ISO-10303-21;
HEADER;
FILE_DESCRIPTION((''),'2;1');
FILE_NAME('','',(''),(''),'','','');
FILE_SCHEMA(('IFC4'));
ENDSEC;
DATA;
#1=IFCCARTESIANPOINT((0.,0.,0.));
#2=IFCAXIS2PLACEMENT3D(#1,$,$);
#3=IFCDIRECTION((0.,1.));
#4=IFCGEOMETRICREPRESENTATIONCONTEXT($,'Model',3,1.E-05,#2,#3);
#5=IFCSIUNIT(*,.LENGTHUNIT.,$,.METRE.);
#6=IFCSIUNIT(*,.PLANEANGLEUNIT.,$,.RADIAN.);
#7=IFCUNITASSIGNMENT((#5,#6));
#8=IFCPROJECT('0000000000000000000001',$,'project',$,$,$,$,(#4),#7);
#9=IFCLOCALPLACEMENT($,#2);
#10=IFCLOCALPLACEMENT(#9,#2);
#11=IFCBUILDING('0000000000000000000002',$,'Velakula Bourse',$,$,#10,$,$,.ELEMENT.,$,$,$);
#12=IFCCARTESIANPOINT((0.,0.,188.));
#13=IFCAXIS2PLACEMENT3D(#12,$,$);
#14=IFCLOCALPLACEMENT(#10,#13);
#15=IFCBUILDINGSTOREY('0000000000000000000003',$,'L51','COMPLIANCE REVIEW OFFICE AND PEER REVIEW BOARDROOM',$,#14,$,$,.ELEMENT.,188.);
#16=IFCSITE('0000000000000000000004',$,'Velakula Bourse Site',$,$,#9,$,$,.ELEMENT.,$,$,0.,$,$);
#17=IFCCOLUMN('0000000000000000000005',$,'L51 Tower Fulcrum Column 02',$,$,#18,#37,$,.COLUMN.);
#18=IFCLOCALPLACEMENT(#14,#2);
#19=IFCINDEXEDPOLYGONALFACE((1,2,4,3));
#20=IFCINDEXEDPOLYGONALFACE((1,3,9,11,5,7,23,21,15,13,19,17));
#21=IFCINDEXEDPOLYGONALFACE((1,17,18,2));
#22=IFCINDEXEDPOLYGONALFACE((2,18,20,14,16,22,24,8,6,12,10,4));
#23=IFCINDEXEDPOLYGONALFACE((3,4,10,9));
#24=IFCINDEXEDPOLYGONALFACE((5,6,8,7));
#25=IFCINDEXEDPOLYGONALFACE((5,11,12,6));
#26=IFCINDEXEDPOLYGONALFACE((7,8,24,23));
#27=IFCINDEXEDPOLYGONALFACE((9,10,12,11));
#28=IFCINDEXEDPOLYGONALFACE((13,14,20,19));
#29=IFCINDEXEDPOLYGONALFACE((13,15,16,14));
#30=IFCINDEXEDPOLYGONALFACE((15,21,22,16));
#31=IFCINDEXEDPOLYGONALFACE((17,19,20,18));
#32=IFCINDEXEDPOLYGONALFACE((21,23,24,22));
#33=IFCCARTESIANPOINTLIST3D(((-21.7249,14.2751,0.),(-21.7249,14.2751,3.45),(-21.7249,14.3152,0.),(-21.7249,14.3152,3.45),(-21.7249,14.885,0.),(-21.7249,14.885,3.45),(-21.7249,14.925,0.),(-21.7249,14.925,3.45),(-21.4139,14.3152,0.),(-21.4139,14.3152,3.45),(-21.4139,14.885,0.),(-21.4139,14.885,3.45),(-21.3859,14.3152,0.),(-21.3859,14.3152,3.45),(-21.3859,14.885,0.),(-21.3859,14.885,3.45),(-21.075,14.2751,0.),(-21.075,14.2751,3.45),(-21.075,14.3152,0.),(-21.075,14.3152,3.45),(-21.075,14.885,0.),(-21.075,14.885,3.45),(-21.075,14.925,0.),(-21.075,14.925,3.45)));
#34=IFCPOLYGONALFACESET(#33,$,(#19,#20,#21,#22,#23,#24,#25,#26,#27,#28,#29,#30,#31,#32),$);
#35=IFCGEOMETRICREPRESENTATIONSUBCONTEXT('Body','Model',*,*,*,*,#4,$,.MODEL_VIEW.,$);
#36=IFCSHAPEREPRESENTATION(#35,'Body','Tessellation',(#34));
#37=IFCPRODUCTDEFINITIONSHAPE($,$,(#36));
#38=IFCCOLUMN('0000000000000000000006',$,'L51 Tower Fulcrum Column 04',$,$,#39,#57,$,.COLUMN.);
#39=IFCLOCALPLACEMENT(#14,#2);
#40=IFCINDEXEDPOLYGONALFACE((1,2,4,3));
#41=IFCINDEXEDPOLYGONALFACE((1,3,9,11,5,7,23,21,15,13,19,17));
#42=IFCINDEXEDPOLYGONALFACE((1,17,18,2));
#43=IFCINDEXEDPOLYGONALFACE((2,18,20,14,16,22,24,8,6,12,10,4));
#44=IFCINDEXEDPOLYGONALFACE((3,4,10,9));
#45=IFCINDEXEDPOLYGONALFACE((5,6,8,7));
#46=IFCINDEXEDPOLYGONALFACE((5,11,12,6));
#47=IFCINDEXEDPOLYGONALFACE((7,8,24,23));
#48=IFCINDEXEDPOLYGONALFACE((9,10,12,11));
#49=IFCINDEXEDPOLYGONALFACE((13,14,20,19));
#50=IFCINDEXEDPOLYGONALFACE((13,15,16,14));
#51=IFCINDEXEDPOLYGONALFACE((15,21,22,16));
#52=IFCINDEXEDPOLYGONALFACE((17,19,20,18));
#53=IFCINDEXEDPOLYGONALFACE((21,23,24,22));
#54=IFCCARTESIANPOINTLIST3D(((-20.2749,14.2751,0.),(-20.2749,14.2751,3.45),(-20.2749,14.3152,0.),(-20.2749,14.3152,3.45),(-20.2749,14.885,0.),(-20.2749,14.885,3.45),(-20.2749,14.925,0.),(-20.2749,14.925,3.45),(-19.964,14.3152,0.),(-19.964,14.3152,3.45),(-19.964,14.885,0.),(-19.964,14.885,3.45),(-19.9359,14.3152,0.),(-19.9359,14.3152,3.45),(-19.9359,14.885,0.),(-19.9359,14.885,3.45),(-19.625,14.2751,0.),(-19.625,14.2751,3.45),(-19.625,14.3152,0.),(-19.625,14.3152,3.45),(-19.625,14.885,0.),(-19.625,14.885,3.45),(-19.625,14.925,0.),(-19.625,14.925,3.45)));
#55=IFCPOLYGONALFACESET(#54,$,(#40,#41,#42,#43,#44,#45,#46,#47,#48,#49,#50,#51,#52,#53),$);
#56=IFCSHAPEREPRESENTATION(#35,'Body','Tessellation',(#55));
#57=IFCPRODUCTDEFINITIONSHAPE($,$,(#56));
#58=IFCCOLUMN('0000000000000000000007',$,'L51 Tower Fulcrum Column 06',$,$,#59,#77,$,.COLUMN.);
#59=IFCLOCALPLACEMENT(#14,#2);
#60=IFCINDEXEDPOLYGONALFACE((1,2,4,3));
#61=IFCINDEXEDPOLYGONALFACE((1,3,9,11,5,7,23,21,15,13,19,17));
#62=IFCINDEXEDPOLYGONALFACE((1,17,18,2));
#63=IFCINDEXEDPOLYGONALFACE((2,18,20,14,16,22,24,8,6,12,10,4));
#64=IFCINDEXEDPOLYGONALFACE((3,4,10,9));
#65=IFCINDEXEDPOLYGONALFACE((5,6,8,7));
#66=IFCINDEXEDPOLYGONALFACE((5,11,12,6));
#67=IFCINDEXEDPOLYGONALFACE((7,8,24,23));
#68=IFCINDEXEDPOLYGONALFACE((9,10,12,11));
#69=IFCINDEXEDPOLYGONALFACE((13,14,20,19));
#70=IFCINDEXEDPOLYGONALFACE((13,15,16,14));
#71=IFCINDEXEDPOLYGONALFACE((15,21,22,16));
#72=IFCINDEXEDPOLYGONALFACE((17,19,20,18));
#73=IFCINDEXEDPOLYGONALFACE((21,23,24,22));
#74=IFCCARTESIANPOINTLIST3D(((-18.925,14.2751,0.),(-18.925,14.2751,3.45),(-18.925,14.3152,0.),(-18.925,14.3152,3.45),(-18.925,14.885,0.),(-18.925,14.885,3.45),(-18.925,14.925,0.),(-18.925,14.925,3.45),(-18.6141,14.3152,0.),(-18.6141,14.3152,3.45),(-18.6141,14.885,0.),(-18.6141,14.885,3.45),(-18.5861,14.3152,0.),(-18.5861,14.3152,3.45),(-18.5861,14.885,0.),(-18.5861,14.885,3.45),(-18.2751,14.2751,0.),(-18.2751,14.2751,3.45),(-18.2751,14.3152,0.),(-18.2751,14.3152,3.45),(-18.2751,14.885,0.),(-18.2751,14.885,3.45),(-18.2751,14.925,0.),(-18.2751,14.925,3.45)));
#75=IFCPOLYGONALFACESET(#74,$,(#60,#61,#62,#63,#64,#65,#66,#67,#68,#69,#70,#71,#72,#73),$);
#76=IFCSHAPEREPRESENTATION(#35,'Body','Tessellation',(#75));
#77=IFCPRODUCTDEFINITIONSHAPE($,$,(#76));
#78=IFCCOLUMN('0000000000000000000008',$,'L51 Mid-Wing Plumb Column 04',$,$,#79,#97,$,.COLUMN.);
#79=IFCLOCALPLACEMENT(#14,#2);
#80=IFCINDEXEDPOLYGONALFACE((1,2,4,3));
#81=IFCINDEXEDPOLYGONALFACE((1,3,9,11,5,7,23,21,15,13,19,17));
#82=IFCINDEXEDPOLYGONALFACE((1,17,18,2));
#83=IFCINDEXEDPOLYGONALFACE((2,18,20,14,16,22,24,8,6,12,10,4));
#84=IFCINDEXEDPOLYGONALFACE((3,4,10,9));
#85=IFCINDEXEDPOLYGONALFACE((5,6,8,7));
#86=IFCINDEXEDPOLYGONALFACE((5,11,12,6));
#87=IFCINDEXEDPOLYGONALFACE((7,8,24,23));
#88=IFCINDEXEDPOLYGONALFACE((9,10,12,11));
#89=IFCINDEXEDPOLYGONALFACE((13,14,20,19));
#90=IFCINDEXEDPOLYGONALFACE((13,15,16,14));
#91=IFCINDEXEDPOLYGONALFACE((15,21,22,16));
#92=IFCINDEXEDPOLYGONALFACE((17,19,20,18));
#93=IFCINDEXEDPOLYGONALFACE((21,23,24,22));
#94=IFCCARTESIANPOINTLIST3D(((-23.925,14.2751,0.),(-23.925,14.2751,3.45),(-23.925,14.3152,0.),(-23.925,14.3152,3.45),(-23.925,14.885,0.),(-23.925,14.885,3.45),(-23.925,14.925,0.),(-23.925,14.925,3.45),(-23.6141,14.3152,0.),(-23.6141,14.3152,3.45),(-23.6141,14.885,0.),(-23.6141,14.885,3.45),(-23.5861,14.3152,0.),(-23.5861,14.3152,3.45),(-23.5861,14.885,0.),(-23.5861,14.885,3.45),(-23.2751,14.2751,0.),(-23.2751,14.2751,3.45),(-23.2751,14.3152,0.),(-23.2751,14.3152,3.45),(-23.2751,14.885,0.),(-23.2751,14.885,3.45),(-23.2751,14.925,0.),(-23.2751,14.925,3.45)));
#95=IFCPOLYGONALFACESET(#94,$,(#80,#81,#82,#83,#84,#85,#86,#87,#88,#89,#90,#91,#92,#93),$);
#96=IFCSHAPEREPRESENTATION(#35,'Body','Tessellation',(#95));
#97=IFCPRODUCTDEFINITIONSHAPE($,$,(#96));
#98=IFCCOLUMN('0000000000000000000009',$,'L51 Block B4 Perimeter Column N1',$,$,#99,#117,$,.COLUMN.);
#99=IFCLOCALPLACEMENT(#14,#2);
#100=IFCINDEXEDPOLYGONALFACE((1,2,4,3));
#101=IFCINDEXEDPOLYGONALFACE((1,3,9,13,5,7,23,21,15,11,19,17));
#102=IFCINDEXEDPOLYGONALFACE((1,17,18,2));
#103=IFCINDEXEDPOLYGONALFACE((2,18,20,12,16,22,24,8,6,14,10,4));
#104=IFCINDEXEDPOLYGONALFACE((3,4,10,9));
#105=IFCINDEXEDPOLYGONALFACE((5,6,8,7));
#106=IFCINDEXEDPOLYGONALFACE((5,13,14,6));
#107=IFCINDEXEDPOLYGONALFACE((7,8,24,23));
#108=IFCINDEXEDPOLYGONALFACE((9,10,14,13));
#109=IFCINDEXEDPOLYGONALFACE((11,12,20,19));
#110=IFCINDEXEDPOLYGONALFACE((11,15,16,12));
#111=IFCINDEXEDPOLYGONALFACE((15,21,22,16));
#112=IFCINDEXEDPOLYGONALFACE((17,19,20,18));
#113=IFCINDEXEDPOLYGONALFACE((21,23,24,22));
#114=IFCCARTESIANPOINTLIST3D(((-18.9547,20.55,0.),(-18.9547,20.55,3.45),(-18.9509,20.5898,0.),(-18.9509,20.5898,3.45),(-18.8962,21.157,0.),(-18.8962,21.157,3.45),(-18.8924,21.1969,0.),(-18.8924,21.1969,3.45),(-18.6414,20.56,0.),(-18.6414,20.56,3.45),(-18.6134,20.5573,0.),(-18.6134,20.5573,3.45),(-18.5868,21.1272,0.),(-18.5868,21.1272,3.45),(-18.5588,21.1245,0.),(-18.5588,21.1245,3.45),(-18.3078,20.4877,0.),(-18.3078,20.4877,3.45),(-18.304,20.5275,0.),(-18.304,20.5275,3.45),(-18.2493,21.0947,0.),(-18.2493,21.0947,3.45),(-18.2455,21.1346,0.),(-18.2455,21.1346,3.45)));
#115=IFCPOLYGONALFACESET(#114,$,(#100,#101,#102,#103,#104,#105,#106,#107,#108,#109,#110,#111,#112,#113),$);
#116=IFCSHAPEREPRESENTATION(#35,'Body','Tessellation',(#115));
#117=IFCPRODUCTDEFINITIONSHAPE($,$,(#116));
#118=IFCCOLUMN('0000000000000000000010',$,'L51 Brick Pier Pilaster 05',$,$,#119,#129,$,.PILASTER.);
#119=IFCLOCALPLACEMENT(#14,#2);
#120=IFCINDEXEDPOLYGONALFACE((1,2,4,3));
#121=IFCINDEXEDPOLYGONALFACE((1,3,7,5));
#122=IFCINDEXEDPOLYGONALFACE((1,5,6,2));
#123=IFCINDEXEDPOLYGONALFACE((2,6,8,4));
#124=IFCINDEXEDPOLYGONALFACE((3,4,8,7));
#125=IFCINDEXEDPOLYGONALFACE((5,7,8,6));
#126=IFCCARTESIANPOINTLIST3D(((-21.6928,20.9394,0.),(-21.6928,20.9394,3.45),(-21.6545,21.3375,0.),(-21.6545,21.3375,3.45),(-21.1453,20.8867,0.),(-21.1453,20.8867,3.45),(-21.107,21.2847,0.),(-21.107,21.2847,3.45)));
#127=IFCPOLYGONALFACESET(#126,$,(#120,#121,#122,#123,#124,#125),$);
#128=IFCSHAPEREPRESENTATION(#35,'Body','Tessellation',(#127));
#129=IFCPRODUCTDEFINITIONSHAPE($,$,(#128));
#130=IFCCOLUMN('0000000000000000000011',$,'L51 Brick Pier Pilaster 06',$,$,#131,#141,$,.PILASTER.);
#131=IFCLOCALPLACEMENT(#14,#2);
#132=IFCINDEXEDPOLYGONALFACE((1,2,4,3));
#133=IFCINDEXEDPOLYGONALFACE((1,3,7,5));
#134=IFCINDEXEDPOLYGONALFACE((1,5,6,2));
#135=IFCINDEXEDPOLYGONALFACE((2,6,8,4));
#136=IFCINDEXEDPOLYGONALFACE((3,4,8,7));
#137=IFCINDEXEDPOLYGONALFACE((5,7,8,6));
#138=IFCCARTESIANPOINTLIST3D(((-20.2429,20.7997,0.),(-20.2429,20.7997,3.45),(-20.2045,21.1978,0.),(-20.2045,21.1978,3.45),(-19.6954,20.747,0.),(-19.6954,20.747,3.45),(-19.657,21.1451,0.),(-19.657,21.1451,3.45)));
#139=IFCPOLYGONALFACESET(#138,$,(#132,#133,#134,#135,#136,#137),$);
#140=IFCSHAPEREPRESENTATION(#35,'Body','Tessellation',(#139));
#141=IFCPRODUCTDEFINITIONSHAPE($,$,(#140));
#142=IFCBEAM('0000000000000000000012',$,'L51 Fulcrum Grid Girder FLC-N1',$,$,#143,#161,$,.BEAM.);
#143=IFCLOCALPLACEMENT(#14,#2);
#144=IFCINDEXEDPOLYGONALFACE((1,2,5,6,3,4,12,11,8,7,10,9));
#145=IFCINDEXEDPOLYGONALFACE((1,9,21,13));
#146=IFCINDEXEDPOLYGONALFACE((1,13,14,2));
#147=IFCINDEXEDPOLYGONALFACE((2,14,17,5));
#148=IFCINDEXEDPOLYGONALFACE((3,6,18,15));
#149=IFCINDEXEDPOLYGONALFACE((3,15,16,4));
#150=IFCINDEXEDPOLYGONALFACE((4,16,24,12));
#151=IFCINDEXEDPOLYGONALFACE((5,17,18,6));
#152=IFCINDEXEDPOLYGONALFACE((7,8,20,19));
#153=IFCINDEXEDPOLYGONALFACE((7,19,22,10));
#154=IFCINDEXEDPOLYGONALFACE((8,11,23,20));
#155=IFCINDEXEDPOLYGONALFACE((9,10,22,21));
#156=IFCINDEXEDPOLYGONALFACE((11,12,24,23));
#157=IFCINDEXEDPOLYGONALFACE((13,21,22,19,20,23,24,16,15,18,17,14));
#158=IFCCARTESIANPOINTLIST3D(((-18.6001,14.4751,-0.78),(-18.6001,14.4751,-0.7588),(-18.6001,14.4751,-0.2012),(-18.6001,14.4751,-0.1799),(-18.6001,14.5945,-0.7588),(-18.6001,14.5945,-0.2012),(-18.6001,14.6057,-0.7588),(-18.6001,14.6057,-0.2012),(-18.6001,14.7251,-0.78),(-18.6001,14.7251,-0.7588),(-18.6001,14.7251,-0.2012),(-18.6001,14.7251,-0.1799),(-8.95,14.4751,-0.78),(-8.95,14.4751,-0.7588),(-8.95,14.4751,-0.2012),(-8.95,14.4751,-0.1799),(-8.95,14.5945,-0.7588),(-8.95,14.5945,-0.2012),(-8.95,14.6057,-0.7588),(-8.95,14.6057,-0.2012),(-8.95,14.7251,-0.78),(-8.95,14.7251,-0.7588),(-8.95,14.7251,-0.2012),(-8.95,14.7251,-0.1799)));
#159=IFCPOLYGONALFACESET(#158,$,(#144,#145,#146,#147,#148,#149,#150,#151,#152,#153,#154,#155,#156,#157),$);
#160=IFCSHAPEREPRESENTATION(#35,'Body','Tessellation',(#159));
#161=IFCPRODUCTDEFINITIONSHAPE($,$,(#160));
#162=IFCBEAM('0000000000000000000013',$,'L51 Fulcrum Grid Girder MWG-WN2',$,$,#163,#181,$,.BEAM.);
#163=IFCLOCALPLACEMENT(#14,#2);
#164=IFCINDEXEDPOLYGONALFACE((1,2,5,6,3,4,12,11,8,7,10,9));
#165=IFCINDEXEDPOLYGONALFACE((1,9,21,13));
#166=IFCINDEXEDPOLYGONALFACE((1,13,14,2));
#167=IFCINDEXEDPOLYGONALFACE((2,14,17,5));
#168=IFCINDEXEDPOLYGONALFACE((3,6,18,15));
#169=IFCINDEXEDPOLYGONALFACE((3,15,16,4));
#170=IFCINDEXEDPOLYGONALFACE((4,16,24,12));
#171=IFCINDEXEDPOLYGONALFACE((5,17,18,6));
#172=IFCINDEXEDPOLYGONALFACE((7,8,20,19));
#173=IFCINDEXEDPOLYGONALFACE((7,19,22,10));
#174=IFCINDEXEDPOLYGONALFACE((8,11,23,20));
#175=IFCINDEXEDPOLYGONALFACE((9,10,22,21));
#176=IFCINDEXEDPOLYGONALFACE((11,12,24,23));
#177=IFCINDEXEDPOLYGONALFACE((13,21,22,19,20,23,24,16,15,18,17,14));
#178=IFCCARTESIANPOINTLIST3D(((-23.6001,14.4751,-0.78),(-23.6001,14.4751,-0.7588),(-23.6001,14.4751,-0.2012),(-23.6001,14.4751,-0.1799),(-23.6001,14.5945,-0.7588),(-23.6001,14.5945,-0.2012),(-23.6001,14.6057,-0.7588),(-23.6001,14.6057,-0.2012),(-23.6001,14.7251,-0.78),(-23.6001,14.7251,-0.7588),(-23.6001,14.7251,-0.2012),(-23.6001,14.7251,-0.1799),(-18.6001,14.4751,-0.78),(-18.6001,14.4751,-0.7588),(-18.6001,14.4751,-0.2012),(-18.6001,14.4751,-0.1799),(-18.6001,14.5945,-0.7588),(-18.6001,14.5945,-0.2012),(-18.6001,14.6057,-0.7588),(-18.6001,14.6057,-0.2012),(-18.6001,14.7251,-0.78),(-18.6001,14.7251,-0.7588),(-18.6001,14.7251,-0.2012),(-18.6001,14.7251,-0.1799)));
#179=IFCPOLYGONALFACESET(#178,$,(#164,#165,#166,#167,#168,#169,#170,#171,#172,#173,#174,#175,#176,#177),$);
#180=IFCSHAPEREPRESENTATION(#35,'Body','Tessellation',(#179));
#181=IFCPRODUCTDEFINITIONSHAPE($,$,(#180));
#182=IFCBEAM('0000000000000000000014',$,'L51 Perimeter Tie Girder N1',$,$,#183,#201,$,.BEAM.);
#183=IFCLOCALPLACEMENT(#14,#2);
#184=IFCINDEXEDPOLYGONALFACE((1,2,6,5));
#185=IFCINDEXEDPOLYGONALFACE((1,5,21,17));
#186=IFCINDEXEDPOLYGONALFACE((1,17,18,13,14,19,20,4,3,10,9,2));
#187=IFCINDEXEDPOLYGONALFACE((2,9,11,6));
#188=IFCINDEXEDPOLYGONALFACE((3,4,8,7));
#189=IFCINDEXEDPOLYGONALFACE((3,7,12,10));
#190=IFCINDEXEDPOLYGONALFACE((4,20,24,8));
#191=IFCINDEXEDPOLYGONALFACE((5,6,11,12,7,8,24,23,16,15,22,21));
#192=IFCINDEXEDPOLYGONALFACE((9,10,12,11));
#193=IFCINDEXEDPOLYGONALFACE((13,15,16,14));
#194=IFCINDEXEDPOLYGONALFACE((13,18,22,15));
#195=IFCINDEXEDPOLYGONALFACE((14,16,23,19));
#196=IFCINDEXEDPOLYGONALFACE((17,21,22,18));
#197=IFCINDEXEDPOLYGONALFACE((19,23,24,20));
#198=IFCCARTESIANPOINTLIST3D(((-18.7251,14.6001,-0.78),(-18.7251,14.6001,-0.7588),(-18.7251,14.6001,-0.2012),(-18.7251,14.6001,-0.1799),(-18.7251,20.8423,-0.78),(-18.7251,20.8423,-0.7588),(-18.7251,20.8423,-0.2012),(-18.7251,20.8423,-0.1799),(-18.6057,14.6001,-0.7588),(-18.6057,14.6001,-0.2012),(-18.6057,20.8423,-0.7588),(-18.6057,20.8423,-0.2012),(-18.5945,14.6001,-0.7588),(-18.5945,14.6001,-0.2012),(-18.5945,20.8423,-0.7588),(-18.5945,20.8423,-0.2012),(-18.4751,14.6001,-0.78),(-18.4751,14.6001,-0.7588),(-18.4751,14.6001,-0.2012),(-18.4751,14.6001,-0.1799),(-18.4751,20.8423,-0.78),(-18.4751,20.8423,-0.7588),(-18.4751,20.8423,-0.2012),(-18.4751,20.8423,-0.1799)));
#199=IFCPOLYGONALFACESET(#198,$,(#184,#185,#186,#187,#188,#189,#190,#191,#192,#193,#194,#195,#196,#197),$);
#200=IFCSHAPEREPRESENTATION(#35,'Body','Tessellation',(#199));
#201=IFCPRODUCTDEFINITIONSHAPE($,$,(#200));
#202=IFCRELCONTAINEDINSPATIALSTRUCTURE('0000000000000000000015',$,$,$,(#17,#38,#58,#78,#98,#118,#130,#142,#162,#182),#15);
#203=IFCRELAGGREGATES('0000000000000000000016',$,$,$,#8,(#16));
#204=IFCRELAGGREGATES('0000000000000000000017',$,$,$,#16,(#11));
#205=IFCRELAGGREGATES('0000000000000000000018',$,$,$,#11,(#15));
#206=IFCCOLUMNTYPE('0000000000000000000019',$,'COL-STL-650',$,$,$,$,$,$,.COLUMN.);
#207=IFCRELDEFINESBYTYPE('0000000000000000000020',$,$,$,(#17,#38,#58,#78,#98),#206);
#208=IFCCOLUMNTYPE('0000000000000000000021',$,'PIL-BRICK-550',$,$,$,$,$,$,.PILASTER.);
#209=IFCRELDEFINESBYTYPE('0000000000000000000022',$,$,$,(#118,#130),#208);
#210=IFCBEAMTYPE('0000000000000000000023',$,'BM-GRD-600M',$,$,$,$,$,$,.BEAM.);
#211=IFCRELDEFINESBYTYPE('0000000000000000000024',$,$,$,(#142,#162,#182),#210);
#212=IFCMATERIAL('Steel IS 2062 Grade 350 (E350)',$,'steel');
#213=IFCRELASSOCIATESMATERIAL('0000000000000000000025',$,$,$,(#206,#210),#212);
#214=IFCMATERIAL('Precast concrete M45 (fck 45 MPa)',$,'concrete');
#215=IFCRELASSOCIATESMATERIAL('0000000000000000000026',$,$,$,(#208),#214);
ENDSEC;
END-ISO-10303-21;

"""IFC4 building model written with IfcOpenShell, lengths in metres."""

from ifc_helpers import new_model, si_unit, direction, frame, origin, origin_2d, place, context, subcontext, project, spatial, rectangle, i_section, extrude, material, material_profile, profile_set, type_object, element, save


model = new_model("IFC4")

# Units and contexts
model_context = context("Model", 3, precision=1e-05, world=origin(), true_north=direction((0.0, 1.0)))
body_context = subcontext(model_context, "Body", "Model", "MODEL_VIEW")
ifc_project = project(units=[si_unit("LENGTHUNIT", "METRE"), si_unit("PLANEANGLEUNIT", "RADIAN")], contexts=[model_context])

# Site, building, storey
site_placement = place(None, origin())
site = spatial("IfcSite", under=ifc_project, at=site_placement, Name="Velakula Bourse Site", CompositionType="ELEMENT", RefElevation=0.0)
building_placement = place(site_placement, origin())
building = spatial("IfcBuilding", under=site, at=building_placement, Name="Velakula Bourse", CompositionType="ELEMENT")
storey_placement = place(building_placement, frame((0.0, 0.0, 188.0)))
storey = spatial("IfcBuildingStorey", under=building, at=storey_placement, Name="L51", Description="COMPLIANCE REVIEW OFFICE AND PEER REVIEW BOARDROOM", CompositionType="ELEMENT", Elevation=188.0)

# Columns
ifc_material_1 = material(Name="Steel IS 2062 Grade 350 (E350)", Category="steel")
ifc_material_profile_1 = material_profile(ifc_material_1, i_section(OverallWidth=0.6499, OverallDepth=0.6499, WebThickness=0.0281, FlangeThickness=0.04, at=origin_2d()), Name="Steel IS 2062 Grade 350 (E350)")
ifc_profile_set_1 = profile_set([ifc_material_profile_1], Name="Steel IS 2062 Grade 350 (E350)")
column_type_1 = type_object("IfcColumnType", Name="COL-STL-650", PredefinedType="COLUMN", material=ifc_profile_set_1)
for number, where, z_axis, x_axis, name in (
    (1, (-21.3999, 14.6001, 0.0), (0.0, 0.0, 1.0), (1.0, 0.0, 0.0), "L51 Tower Fulcrum Column 02"),
    (2, (-19.95, 14.6001, 0.0), (0.0, 0.0, 1.0), (1.0, 0.0, 0.0), "L51 Tower Fulcrum Column 04"),
    (3, (-18.6001, 14.6001, 0.0), (0.0, 0.0, 1.0), (1.0, 0.0, 0.0), "L51 Tower Fulcrum Column 06"),
    (4, (-23.6001, 14.6001, 0.0), (0.0, 0.0, 1.0), (1.0, 0.0, 0.0), "L51 Mid-Wing Plumb Column 04"),
    (5, (-18.6001, 20.8423, 0.0), (0.0, 0.0, 1.0), (0.995396, -0.095846, 0.0), "L51 Block B4 Perimeter Column N1"),
):
    element("IfcColumn", number, at=place(storey_placement, frame(where, z_axis=z_axis, x_axis=x_axis)), inside=storey, type_object=column_type_1, Name=name, PredefinedType="COLUMN", context=body_context, shape_type="SweptSolid", body=[
        extrude(i_section(OverallWidth=0.6499, OverallDepth=0.6499, WebThickness=0.0281, FlangeThickness=0.04, at=origin_2d()), origin(), (0.0, 0.0, 1.0), 3.45),
    ])
ifc_material_2 = material(Name="Precast concrete M45 (fck 45 MPa)", Category="concrete")
ifc_material_profile_2 = material_profile(ifc_material_2, rectangle(XDim=0.55, YDim=0.3999, at=origin_2d()), Name="Precast concrete M45 (fck 45 MPa)")
ifc_profile_set_2 = profile_set([ifc_material_profile_2], Name="Precast concrete M45 (fck 45 MPa)")
column_type_2 = type_object("IfcColumnType", Name="PIL-BRICK-550", PredefinedType="PILASTER", material=ifc_profile_set_2)
for number, where, z_axis, x_axis, name in (
    (6, (-21.3999, 21.1121, 0.0), (0.0, 0.0, 1.0), (0.995396, -0.095846, 0.0), "L51 Brick Pier Pilaster 05"),
    (7, (-19.95, 20.9724, 0.0), (0.0, 0.0, 1.0), (0.995396, -0.095846, 0.0), "L51 Brick Pier Pilaster 06"),
):
    element("IfcColumn", number, at=place(storey_placement, frame(where, z_axis=z_axis, x_axis=x_axis)), inside=storey, type_object=column_type_2, Name=name, PredefinedType="PILASTER", context=body_context, shape_type="SweptSolid", body=[
        extrude(rectangle(XDim=0.55, YDim=0.3999, at=origin_2d()), origin(), (0.0, 0.0, 1.0), 3.45),
    ])

# Beams
ifc_material_profile_3 = material_profile(ifc_material_1, i_section(OverallWidth=0.25, OverallDepth=0.6001, WebThickness=0.0112, FlangeThickness=0.0212, at=origin_2d()), Name="Steel IS 2062 Grade 350 (E350)")
ifc_profile_set_3 = profile_set([ifc_material_profile_3], Name="Steel IS 2062 Grade 350 (E350)")
beam_type_1 = type_object("IfcBeamType", Name="BM-GRD-600M", PredefinedType="BEAM", material=ifc_profile_set_3)
beam_1_placement = place(storey_placement, frame((-18.6001, 14.6001, -0.48), z_axis=(1.0, 0.0, 0.0), x_axis=(0.0, 1.0, 0.0)))
element("IfcBeam", 8, at=beam_1_placement, inside=storey, type_object=beam_type_1, Name="L51 Fulcrum Grid Girder FLC-N1", PredefinedType="BEAM", context=body_context, shape_type="SweptSolid", body=[
    extrude(i_section(OverallWidth=0.25, OverallDepth=0.6001, WebThickness=0.0112, FlangeThickness=0.0212, at=origin_2d()), origin(), (0.0, 0.0, 1.0), 9.6501),
])
beam_2_placement = place(storey_placement, frame((-23.6001, 14.6001, -0.48), z_axis=(1.0, 0.0, 0.0), x_axis=(0.0, 1.0, 0.0)))
element("IfcBeam", 9, at=beam_2_placement, inside=storey, type_object=beam_type_1, Name="L51 Fulcrum Grid Girder MWG-WN2", PredefinedType="BEAM", context=body_context, shape_type="SweptSolid", body=[
    extrude(i_section(OverallWidth=0.25, OverallDepth=0.6001, WebThickness=0.0112, FlangeThickness=0.0212, at=origin_2d()), origin(), (0.0, 0.0, 1.0), 5.0),
])
beam_3_placement = place(storey_placement, frame((-18.6001, 14.6001, -0.48), z_axis=(0.0, 1.0, 0.0), x_axis=(-1.0, 0.0, 0.0)))
element("IfcBeam", 10, at=beam_3_placement, inside=storey, type_object=beam_type_1, Name="L51 Perimeter Tie Girder N1", PredefinedType="BEAM", context=body_context, shape_type="SweptSolid", body=[
    extrude(i_section(OverallWidth=0.25, OverallDepth=0.6001, WebThickness=0.0112, FlangeThickness=0.0212, at=origin_2d()), origin(), (0.0, 0.0, 1.0), 6.2422),
])

save(model, "model.ifc")
